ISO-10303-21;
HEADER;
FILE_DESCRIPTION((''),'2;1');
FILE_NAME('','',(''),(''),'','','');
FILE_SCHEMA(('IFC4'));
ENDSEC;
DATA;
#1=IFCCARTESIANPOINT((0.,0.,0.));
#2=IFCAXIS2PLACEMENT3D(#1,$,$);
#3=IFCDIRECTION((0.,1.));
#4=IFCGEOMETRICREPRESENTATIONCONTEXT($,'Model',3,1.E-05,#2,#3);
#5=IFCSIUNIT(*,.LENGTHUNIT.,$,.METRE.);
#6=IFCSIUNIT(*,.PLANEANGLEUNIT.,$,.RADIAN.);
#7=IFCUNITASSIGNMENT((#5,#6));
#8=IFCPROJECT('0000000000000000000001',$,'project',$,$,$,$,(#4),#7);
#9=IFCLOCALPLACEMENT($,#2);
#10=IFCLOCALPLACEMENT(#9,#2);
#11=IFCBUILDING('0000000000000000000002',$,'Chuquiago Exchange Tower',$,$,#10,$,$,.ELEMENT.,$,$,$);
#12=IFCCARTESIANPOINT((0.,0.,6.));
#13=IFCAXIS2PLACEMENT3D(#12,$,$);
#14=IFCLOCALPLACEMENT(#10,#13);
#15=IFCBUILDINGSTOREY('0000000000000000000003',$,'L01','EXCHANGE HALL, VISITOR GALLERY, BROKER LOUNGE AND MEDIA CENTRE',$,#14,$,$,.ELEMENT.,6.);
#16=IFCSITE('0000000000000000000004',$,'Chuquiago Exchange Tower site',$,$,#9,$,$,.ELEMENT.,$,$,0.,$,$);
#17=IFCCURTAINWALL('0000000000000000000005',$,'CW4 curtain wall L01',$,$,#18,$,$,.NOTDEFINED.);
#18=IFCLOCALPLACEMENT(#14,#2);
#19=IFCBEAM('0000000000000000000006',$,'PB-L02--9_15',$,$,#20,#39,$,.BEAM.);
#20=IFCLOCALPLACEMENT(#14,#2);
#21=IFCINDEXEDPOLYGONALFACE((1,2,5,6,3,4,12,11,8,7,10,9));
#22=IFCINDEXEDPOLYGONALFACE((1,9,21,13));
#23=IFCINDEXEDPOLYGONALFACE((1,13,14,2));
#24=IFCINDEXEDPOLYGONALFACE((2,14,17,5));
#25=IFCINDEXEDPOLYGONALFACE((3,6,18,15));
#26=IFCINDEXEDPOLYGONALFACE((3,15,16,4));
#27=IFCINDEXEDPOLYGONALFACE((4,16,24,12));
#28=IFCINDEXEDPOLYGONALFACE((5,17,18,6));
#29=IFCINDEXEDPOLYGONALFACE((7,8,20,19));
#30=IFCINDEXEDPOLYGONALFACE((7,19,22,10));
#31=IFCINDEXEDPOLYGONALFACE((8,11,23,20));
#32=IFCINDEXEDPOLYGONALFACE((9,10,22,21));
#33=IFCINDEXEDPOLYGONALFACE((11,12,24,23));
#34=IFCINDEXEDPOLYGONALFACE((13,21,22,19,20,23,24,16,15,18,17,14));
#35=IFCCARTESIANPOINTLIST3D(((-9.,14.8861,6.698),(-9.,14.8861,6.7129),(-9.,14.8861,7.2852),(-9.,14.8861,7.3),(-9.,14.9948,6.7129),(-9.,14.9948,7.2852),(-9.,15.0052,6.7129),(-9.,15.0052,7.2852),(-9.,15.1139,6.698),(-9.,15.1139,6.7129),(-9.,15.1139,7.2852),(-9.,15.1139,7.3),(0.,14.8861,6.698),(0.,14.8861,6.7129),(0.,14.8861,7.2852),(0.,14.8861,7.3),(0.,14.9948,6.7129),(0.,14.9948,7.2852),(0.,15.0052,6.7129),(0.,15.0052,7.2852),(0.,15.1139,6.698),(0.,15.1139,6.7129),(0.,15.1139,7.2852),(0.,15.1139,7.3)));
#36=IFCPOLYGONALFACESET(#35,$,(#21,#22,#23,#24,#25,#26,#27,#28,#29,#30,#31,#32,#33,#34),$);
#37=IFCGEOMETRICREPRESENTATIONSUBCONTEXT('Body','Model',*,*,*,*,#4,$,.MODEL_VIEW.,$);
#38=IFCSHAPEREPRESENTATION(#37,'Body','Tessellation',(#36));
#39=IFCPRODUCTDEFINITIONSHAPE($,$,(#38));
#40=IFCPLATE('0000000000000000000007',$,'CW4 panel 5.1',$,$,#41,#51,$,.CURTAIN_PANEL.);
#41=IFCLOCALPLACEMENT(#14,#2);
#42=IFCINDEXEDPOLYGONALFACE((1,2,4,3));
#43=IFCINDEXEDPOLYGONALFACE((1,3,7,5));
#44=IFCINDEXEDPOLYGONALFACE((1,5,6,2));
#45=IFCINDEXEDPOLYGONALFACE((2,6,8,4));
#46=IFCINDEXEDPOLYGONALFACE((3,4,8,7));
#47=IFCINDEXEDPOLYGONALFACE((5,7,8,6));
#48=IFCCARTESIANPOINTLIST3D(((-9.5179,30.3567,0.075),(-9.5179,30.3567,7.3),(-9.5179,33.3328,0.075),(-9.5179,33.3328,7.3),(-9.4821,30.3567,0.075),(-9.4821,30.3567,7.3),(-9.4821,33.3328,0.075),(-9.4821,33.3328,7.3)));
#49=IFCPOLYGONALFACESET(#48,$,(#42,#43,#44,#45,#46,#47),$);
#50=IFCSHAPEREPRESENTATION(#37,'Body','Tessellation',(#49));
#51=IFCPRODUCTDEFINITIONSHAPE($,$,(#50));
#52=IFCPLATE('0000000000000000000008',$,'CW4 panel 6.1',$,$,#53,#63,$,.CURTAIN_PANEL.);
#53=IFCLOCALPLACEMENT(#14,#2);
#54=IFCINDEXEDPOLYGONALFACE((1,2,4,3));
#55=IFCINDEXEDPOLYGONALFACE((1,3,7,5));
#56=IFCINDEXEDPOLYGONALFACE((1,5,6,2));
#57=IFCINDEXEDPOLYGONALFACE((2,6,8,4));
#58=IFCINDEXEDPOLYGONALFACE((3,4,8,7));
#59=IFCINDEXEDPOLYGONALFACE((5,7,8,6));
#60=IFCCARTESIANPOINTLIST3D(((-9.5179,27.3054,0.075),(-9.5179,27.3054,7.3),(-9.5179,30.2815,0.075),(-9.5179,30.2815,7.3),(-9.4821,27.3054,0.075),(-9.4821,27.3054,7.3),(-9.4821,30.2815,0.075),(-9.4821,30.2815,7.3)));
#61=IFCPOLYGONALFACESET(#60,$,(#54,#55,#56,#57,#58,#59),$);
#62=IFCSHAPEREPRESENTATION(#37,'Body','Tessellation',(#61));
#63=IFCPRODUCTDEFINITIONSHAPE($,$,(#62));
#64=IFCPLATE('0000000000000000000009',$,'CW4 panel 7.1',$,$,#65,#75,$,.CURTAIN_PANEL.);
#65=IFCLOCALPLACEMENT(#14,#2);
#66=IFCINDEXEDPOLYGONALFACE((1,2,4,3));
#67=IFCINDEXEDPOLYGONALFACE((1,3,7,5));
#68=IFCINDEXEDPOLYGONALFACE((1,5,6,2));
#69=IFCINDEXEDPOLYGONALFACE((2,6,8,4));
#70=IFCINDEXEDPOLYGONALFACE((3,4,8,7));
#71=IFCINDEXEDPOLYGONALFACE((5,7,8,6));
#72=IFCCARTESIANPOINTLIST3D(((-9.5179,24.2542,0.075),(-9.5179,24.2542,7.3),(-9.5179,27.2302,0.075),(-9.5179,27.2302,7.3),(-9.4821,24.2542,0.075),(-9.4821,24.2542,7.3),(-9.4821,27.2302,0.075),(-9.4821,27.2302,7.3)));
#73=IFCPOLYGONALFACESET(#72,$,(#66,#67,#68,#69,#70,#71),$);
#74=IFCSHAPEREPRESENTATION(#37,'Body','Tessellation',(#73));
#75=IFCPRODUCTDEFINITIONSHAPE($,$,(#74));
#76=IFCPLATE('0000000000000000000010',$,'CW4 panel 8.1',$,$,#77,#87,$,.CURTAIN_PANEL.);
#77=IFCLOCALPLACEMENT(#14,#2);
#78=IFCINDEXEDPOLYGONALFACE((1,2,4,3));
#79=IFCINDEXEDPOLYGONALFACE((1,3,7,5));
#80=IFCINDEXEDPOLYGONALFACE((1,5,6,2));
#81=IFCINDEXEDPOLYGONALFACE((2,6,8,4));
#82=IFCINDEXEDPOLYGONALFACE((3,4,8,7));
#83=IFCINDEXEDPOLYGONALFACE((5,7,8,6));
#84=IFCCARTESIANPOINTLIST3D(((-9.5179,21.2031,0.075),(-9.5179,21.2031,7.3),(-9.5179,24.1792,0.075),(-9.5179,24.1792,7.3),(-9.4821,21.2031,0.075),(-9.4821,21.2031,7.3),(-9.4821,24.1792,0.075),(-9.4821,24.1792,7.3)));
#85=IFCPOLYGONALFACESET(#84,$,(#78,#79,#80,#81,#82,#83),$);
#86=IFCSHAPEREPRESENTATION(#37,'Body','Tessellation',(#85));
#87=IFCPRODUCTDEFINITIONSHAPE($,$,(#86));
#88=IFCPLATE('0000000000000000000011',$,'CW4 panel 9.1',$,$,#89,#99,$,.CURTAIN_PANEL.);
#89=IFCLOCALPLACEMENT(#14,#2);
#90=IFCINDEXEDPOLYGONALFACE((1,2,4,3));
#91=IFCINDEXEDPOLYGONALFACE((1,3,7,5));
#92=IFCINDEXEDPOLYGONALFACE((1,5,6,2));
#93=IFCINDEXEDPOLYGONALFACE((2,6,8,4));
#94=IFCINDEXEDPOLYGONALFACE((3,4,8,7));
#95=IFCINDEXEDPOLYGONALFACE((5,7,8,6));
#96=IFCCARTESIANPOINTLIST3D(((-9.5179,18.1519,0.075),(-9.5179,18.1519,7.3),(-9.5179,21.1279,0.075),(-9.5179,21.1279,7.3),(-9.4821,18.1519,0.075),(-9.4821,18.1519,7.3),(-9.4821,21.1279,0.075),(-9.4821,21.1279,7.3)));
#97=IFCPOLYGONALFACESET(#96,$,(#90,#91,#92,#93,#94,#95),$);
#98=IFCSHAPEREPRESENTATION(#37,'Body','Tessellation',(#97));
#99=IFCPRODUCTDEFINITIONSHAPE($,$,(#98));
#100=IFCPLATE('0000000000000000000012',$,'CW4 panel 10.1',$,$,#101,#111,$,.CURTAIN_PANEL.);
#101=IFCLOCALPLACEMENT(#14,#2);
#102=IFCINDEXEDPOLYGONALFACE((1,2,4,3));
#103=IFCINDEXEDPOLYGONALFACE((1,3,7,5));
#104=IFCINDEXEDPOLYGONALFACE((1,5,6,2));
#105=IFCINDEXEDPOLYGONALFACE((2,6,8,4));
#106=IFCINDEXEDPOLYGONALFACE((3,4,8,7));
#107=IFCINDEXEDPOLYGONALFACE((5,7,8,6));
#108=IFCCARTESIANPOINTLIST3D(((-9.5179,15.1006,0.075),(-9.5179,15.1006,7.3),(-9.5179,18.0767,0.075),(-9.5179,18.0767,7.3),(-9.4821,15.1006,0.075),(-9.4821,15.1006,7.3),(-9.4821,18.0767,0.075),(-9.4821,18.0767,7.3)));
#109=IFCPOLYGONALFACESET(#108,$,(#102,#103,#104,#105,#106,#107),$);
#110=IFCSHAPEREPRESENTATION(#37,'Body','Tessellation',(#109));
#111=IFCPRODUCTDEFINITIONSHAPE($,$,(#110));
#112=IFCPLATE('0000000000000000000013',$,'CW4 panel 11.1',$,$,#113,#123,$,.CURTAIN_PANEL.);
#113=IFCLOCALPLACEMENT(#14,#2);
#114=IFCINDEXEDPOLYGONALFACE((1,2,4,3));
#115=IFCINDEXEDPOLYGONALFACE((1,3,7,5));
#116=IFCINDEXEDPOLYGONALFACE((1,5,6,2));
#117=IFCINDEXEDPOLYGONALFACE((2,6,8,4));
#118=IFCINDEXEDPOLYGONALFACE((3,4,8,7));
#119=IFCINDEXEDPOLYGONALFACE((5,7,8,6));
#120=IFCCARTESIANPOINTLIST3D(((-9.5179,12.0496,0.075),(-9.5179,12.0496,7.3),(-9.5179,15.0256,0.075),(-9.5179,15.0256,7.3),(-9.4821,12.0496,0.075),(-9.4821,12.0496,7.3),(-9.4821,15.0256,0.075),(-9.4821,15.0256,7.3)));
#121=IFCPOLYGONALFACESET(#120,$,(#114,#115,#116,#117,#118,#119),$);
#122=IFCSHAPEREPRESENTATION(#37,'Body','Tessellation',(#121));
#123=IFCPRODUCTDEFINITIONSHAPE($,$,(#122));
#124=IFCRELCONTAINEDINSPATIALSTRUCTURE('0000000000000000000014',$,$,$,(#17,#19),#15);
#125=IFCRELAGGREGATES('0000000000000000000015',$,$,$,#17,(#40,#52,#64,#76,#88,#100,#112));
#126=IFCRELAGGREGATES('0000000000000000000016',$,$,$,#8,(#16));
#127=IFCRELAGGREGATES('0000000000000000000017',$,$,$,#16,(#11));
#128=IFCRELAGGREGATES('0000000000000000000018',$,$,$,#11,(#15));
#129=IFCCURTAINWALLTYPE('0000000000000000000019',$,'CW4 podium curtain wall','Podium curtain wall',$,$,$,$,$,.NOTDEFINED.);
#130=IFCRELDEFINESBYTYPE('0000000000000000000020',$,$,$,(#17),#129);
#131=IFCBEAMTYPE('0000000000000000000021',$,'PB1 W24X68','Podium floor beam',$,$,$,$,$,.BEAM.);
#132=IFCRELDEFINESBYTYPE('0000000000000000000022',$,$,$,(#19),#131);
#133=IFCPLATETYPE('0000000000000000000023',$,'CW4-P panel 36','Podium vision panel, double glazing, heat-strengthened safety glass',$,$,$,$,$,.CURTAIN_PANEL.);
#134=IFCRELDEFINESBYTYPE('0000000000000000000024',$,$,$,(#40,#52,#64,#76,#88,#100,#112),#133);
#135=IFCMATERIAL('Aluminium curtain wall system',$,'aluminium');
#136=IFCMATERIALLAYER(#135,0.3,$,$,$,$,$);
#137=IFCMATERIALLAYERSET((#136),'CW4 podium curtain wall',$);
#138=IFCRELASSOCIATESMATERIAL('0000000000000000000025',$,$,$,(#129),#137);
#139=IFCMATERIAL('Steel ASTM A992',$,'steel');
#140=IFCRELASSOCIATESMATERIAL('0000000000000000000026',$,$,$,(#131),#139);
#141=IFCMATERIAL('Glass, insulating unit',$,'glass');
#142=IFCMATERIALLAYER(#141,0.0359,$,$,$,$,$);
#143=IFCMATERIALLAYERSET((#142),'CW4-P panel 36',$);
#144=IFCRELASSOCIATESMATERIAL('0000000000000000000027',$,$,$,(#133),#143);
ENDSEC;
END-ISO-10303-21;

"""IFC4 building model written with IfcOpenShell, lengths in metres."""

from ifc_helpers import new_model, si_unit, direction, frame, origin, origin_2d, place, context, subcontext, project, spatial, rectangle, i_section, extrude, material, layer, layer_set, material_profile, profile_set, type_object, element, aggregate, save


model = new_model("IFC4")

# Units and contexts
model_context = context("Model", 3, precision=1e-05, world=origin(), true_north=direction((0.0, 1.0)))
body_context = subcontext(model_context, "Body", "Model", "MODEL_VIEW")
ifc_project = project(units=[si_unit("LENGTHUNIT", "METRE"), si_unit("PLANEANGLEUNIT", "RADIAN")], contexts=[model_context])

# Site, building, storey
site_placement = place(None, origin())
site = spatial("IfcSite", under=ifc_project, at=site_placement, Name="Chuquiago Exchange Tower site", CompositionType="ELEMENT", RefElevation=0.0)
building_placement = place(site_placement, origin())
building = spatial("IfcBuilding", under=site, at=building_placement, Name="Chuquiago Exchange Tower", CompositionType="ELEMENT")
storey_placement = place(building_placement, frame((0.0, 0.0, 6.0)))
storey = spatial("IfcBuildingStorey", under=building, at=storey_placement, Name="L01", Description="EXCHANGE HALL, VISITOR GALLERY, BROKER LOUNGE AND MEDIA CENTRE", CompositionType="ELEMENT", Elevation=6.0)

# Curtain wall
ifc_material_1 = material(Name="Aluminium curtain wall system", Category="aluminium")
ifc_layer_1 = layer(ifc_material_1, 0.3)
ifc_layer_set_1 = layer_set([ifc_layer_1], Name="CW4 podium curtain wall")
curtain_wall_type = type_object("IfcCurtainWallType", Name="CW4 podium curtain wall", Description="Podium curtain wall", PredefinedType="NOTDEFINED", material=ifc_layer_set_1)
curtain_wall_placement = place(storey_placement, origin())
curtain_wall = element("IfcCurtainWall", 1, at=curtain_wall_placement, inside=storey, type_object=curtain_wall_type, Name="CW4 curtain wall L01", PredefinedType="NOTDEFINED")

# Beam
ifc_material_2 = material(Name="Steel ASTM A992", Category="steel")
ifc_material_profile_1 = material_profile(ifc_material_2, i_section(OverallWidth=0.2278, OverallDepth=0.6021, WebThickness=0.0105, FlangeThickness=0.0149, at=origin_2d()), Name="W24X68")
ifc_profile_set_1 = profile_set([ifc_material_profile_1], Name="Steel ASTM A992")
beam_type = type_object("IfcBeamType", Name="PB1 W24X68", Description="Podium floor beam", PredefinedType="BEAM", material=ifc_profile_set_1)
beam_placement = place(storey_placement, frame((-9.0, 15.0, 6.999), z_axis=(1.0, 0.0, 0.0), x_axis=(0.0, 1.0, 0.0)))
element("IfcBeam", 2, at=beam_placement, inside=storey, type_object=beam_type, Name="PB-L02--9_15", PredefinedType="BEAM", context=body_context, shape_type="SweptSolid", body=[
    extrude(i_section(OverallWidth=0.2278, OverallDepth=0.6021, WebThickness=0.0105, FlangeThickness=0.0149, at=origin_2d()), origin(), (0.0, 0.0, 1.0), 9.0),
])

# Plates
ifc_material_3 = material(Name="Glass, insulating unit", Category="glass")
ifc_layer_2 = layer(ifc_material_3, 0.0359)
ifc_layer_set_2 = layer_set([ifc_layer_2], Name="CW4-P panel 36")
plate_type = type_object("IfcPlateType", Name="CW4-P panel 36", Description="Podium vision panel, double glazing, heat-strengthened safety glass", PredefinedType="CURTAIN_PANEL", material=ifc_layer_set_2)
plate_1_placement = place(storey_placement, frame((-9.5, 31.8447, 0.075), z_axis=(0.0, 0.0, 1.0), x_axis=(0.0, -1.0, 0.0)))
plate_1 = element("IfcPlate", 3, at=plate_1_placement, type_object=plate_type, Name="CW4 panel 5.1", PredefinedType="CURTAIN_PANEL", context=body_context, shape_type="SweptSolid", body=[
    extrude(rectangle(XDim=2.9761, YDim=0.0359, at=origin_2d()), origin(), (0.0, 0.0, 1.0), 7.2251),
])
plate_2_placement = place(storey_placement, frame((-9.5, 28.7935, 0.075), z_axis=(0.0, 0.0, 1.0), x_axis=(0.0, -1.0, 0.0)))
plate_2 = element("IfcPlate", 4, at=plate_2_placement, type_object=plate_type, Name="CW4 panel 6.1", PredefinedType="CURTAIN_PANEL", context=body_context, shape_type="SweptSolid", body=[
    extrude(rectangle(XDim=2.9761, YDim=0.0359, at=origin_2d()), origin(), (0.0, 0.0, 1.0), 7.2251),
])
plate_3_placement = place(storey_placement, frame((-9.5, 25.7422, 0.075), z_axis=(0.0, 0.0, 1.0), x_axis=(0.0, -1.0, 0.0)))
plate_3 = element("IfcPlate", 5, at=plate_3_placement, type_object=plate_type, Name="CW4 panel 7.1", PredefinedType="CURTAIN_PANEL", context=body_context, shape_type="SweptSolid", body=[
    extrude(rectangle(XDim=2.9761, YDim=0.0359, at=origin_2d()), origin(), (0.0, 0.0, 1.0), 7.2251),
])
plate_4_placement = place(storey_placement, frame((-9.5, 22.6912, 0.075), z_axis=(0.0, 0.0, 1.0), x_axis=(0.0, -1.0, 0.0)))
plate_4 = element("IfcPlate", 6, at=plate_4_placement, type_object=plate_type, Name="CW4 panel 8.1", PredefinedType="CURTAIN_PANEL", context=body_context, shape_type="SweptSolid", body=[
    extrude(rectangle(XDim=2.9761, YDim=0.0359, at=origin_2d()), origin(), (0.0, 0.0, 1.0), 7.2251),
])
plate_5_placement = place(storey_placement, frame((-9.5, 19.6399, 0.075), z_axis=(0.0, 0.0, 1.0), x_axis=(0.0, -1.0, 0.0)))
plate_5 = element("IfcPlate", 7, at=plate_5_placement, type_object=plate_type, Name="CW4 panel 9.1", PredefinedType="CURTAIN_PANEL", context=body_context, shape_type="SweptSolid", body=[
    extrude(rectangle(XDim=2.9761, YDim=0.0359, at=origin_2d()), origin(), (0.0, 0.0, 1.0), 7.2251),
])
plate_6_placement = place(storey_placement, frame((-9.5, 16.5886, 0.075), z_axis=(0.0, 0.0, 1.0), x_axis=(0.0, -1.0, 0.0)))
plate_6 = element("IfcPlate", 8, at=plate_6_placement, type_object=plate_type, Name="CW4 panel 10.1", PredefinedType="CURTAIN_PANEL", context=body_context, shape_type="SweptSolid", body=[
    extrude(rectangle(XDim=2.9761, YDim=0.0359, at=origin_2d()), origin(), (0.0, 0.0, 1.0), 7.2251),
])
plate_7_placement = place(storey_placement, frame((-9.5, 13.5376, 0.075), z_axis=(0.0, 0.0, 1.0), x_axis=(0.0, -1.0, 0.0)))
plate_7 = element("IfcPlate", 9, at=plate_7_placement, type_object=plate_type, Name="CW4 panel 11.1", PredefinedType="CURTAIN_PANEL", context=body_context, shape_type="SweptSolid", body=[
    extrude(rectangle(XDim=2.9761, YDim=0.0359, at=origin_2d()), origin(), (0.0, 0.0, 1.0), 7.2251),
])
aggregate(curtain_wall, [plate_1, plate_2, plate_3, plate_4, plate_5, plate_6, plate_7])

save(model, "model.ifc")
